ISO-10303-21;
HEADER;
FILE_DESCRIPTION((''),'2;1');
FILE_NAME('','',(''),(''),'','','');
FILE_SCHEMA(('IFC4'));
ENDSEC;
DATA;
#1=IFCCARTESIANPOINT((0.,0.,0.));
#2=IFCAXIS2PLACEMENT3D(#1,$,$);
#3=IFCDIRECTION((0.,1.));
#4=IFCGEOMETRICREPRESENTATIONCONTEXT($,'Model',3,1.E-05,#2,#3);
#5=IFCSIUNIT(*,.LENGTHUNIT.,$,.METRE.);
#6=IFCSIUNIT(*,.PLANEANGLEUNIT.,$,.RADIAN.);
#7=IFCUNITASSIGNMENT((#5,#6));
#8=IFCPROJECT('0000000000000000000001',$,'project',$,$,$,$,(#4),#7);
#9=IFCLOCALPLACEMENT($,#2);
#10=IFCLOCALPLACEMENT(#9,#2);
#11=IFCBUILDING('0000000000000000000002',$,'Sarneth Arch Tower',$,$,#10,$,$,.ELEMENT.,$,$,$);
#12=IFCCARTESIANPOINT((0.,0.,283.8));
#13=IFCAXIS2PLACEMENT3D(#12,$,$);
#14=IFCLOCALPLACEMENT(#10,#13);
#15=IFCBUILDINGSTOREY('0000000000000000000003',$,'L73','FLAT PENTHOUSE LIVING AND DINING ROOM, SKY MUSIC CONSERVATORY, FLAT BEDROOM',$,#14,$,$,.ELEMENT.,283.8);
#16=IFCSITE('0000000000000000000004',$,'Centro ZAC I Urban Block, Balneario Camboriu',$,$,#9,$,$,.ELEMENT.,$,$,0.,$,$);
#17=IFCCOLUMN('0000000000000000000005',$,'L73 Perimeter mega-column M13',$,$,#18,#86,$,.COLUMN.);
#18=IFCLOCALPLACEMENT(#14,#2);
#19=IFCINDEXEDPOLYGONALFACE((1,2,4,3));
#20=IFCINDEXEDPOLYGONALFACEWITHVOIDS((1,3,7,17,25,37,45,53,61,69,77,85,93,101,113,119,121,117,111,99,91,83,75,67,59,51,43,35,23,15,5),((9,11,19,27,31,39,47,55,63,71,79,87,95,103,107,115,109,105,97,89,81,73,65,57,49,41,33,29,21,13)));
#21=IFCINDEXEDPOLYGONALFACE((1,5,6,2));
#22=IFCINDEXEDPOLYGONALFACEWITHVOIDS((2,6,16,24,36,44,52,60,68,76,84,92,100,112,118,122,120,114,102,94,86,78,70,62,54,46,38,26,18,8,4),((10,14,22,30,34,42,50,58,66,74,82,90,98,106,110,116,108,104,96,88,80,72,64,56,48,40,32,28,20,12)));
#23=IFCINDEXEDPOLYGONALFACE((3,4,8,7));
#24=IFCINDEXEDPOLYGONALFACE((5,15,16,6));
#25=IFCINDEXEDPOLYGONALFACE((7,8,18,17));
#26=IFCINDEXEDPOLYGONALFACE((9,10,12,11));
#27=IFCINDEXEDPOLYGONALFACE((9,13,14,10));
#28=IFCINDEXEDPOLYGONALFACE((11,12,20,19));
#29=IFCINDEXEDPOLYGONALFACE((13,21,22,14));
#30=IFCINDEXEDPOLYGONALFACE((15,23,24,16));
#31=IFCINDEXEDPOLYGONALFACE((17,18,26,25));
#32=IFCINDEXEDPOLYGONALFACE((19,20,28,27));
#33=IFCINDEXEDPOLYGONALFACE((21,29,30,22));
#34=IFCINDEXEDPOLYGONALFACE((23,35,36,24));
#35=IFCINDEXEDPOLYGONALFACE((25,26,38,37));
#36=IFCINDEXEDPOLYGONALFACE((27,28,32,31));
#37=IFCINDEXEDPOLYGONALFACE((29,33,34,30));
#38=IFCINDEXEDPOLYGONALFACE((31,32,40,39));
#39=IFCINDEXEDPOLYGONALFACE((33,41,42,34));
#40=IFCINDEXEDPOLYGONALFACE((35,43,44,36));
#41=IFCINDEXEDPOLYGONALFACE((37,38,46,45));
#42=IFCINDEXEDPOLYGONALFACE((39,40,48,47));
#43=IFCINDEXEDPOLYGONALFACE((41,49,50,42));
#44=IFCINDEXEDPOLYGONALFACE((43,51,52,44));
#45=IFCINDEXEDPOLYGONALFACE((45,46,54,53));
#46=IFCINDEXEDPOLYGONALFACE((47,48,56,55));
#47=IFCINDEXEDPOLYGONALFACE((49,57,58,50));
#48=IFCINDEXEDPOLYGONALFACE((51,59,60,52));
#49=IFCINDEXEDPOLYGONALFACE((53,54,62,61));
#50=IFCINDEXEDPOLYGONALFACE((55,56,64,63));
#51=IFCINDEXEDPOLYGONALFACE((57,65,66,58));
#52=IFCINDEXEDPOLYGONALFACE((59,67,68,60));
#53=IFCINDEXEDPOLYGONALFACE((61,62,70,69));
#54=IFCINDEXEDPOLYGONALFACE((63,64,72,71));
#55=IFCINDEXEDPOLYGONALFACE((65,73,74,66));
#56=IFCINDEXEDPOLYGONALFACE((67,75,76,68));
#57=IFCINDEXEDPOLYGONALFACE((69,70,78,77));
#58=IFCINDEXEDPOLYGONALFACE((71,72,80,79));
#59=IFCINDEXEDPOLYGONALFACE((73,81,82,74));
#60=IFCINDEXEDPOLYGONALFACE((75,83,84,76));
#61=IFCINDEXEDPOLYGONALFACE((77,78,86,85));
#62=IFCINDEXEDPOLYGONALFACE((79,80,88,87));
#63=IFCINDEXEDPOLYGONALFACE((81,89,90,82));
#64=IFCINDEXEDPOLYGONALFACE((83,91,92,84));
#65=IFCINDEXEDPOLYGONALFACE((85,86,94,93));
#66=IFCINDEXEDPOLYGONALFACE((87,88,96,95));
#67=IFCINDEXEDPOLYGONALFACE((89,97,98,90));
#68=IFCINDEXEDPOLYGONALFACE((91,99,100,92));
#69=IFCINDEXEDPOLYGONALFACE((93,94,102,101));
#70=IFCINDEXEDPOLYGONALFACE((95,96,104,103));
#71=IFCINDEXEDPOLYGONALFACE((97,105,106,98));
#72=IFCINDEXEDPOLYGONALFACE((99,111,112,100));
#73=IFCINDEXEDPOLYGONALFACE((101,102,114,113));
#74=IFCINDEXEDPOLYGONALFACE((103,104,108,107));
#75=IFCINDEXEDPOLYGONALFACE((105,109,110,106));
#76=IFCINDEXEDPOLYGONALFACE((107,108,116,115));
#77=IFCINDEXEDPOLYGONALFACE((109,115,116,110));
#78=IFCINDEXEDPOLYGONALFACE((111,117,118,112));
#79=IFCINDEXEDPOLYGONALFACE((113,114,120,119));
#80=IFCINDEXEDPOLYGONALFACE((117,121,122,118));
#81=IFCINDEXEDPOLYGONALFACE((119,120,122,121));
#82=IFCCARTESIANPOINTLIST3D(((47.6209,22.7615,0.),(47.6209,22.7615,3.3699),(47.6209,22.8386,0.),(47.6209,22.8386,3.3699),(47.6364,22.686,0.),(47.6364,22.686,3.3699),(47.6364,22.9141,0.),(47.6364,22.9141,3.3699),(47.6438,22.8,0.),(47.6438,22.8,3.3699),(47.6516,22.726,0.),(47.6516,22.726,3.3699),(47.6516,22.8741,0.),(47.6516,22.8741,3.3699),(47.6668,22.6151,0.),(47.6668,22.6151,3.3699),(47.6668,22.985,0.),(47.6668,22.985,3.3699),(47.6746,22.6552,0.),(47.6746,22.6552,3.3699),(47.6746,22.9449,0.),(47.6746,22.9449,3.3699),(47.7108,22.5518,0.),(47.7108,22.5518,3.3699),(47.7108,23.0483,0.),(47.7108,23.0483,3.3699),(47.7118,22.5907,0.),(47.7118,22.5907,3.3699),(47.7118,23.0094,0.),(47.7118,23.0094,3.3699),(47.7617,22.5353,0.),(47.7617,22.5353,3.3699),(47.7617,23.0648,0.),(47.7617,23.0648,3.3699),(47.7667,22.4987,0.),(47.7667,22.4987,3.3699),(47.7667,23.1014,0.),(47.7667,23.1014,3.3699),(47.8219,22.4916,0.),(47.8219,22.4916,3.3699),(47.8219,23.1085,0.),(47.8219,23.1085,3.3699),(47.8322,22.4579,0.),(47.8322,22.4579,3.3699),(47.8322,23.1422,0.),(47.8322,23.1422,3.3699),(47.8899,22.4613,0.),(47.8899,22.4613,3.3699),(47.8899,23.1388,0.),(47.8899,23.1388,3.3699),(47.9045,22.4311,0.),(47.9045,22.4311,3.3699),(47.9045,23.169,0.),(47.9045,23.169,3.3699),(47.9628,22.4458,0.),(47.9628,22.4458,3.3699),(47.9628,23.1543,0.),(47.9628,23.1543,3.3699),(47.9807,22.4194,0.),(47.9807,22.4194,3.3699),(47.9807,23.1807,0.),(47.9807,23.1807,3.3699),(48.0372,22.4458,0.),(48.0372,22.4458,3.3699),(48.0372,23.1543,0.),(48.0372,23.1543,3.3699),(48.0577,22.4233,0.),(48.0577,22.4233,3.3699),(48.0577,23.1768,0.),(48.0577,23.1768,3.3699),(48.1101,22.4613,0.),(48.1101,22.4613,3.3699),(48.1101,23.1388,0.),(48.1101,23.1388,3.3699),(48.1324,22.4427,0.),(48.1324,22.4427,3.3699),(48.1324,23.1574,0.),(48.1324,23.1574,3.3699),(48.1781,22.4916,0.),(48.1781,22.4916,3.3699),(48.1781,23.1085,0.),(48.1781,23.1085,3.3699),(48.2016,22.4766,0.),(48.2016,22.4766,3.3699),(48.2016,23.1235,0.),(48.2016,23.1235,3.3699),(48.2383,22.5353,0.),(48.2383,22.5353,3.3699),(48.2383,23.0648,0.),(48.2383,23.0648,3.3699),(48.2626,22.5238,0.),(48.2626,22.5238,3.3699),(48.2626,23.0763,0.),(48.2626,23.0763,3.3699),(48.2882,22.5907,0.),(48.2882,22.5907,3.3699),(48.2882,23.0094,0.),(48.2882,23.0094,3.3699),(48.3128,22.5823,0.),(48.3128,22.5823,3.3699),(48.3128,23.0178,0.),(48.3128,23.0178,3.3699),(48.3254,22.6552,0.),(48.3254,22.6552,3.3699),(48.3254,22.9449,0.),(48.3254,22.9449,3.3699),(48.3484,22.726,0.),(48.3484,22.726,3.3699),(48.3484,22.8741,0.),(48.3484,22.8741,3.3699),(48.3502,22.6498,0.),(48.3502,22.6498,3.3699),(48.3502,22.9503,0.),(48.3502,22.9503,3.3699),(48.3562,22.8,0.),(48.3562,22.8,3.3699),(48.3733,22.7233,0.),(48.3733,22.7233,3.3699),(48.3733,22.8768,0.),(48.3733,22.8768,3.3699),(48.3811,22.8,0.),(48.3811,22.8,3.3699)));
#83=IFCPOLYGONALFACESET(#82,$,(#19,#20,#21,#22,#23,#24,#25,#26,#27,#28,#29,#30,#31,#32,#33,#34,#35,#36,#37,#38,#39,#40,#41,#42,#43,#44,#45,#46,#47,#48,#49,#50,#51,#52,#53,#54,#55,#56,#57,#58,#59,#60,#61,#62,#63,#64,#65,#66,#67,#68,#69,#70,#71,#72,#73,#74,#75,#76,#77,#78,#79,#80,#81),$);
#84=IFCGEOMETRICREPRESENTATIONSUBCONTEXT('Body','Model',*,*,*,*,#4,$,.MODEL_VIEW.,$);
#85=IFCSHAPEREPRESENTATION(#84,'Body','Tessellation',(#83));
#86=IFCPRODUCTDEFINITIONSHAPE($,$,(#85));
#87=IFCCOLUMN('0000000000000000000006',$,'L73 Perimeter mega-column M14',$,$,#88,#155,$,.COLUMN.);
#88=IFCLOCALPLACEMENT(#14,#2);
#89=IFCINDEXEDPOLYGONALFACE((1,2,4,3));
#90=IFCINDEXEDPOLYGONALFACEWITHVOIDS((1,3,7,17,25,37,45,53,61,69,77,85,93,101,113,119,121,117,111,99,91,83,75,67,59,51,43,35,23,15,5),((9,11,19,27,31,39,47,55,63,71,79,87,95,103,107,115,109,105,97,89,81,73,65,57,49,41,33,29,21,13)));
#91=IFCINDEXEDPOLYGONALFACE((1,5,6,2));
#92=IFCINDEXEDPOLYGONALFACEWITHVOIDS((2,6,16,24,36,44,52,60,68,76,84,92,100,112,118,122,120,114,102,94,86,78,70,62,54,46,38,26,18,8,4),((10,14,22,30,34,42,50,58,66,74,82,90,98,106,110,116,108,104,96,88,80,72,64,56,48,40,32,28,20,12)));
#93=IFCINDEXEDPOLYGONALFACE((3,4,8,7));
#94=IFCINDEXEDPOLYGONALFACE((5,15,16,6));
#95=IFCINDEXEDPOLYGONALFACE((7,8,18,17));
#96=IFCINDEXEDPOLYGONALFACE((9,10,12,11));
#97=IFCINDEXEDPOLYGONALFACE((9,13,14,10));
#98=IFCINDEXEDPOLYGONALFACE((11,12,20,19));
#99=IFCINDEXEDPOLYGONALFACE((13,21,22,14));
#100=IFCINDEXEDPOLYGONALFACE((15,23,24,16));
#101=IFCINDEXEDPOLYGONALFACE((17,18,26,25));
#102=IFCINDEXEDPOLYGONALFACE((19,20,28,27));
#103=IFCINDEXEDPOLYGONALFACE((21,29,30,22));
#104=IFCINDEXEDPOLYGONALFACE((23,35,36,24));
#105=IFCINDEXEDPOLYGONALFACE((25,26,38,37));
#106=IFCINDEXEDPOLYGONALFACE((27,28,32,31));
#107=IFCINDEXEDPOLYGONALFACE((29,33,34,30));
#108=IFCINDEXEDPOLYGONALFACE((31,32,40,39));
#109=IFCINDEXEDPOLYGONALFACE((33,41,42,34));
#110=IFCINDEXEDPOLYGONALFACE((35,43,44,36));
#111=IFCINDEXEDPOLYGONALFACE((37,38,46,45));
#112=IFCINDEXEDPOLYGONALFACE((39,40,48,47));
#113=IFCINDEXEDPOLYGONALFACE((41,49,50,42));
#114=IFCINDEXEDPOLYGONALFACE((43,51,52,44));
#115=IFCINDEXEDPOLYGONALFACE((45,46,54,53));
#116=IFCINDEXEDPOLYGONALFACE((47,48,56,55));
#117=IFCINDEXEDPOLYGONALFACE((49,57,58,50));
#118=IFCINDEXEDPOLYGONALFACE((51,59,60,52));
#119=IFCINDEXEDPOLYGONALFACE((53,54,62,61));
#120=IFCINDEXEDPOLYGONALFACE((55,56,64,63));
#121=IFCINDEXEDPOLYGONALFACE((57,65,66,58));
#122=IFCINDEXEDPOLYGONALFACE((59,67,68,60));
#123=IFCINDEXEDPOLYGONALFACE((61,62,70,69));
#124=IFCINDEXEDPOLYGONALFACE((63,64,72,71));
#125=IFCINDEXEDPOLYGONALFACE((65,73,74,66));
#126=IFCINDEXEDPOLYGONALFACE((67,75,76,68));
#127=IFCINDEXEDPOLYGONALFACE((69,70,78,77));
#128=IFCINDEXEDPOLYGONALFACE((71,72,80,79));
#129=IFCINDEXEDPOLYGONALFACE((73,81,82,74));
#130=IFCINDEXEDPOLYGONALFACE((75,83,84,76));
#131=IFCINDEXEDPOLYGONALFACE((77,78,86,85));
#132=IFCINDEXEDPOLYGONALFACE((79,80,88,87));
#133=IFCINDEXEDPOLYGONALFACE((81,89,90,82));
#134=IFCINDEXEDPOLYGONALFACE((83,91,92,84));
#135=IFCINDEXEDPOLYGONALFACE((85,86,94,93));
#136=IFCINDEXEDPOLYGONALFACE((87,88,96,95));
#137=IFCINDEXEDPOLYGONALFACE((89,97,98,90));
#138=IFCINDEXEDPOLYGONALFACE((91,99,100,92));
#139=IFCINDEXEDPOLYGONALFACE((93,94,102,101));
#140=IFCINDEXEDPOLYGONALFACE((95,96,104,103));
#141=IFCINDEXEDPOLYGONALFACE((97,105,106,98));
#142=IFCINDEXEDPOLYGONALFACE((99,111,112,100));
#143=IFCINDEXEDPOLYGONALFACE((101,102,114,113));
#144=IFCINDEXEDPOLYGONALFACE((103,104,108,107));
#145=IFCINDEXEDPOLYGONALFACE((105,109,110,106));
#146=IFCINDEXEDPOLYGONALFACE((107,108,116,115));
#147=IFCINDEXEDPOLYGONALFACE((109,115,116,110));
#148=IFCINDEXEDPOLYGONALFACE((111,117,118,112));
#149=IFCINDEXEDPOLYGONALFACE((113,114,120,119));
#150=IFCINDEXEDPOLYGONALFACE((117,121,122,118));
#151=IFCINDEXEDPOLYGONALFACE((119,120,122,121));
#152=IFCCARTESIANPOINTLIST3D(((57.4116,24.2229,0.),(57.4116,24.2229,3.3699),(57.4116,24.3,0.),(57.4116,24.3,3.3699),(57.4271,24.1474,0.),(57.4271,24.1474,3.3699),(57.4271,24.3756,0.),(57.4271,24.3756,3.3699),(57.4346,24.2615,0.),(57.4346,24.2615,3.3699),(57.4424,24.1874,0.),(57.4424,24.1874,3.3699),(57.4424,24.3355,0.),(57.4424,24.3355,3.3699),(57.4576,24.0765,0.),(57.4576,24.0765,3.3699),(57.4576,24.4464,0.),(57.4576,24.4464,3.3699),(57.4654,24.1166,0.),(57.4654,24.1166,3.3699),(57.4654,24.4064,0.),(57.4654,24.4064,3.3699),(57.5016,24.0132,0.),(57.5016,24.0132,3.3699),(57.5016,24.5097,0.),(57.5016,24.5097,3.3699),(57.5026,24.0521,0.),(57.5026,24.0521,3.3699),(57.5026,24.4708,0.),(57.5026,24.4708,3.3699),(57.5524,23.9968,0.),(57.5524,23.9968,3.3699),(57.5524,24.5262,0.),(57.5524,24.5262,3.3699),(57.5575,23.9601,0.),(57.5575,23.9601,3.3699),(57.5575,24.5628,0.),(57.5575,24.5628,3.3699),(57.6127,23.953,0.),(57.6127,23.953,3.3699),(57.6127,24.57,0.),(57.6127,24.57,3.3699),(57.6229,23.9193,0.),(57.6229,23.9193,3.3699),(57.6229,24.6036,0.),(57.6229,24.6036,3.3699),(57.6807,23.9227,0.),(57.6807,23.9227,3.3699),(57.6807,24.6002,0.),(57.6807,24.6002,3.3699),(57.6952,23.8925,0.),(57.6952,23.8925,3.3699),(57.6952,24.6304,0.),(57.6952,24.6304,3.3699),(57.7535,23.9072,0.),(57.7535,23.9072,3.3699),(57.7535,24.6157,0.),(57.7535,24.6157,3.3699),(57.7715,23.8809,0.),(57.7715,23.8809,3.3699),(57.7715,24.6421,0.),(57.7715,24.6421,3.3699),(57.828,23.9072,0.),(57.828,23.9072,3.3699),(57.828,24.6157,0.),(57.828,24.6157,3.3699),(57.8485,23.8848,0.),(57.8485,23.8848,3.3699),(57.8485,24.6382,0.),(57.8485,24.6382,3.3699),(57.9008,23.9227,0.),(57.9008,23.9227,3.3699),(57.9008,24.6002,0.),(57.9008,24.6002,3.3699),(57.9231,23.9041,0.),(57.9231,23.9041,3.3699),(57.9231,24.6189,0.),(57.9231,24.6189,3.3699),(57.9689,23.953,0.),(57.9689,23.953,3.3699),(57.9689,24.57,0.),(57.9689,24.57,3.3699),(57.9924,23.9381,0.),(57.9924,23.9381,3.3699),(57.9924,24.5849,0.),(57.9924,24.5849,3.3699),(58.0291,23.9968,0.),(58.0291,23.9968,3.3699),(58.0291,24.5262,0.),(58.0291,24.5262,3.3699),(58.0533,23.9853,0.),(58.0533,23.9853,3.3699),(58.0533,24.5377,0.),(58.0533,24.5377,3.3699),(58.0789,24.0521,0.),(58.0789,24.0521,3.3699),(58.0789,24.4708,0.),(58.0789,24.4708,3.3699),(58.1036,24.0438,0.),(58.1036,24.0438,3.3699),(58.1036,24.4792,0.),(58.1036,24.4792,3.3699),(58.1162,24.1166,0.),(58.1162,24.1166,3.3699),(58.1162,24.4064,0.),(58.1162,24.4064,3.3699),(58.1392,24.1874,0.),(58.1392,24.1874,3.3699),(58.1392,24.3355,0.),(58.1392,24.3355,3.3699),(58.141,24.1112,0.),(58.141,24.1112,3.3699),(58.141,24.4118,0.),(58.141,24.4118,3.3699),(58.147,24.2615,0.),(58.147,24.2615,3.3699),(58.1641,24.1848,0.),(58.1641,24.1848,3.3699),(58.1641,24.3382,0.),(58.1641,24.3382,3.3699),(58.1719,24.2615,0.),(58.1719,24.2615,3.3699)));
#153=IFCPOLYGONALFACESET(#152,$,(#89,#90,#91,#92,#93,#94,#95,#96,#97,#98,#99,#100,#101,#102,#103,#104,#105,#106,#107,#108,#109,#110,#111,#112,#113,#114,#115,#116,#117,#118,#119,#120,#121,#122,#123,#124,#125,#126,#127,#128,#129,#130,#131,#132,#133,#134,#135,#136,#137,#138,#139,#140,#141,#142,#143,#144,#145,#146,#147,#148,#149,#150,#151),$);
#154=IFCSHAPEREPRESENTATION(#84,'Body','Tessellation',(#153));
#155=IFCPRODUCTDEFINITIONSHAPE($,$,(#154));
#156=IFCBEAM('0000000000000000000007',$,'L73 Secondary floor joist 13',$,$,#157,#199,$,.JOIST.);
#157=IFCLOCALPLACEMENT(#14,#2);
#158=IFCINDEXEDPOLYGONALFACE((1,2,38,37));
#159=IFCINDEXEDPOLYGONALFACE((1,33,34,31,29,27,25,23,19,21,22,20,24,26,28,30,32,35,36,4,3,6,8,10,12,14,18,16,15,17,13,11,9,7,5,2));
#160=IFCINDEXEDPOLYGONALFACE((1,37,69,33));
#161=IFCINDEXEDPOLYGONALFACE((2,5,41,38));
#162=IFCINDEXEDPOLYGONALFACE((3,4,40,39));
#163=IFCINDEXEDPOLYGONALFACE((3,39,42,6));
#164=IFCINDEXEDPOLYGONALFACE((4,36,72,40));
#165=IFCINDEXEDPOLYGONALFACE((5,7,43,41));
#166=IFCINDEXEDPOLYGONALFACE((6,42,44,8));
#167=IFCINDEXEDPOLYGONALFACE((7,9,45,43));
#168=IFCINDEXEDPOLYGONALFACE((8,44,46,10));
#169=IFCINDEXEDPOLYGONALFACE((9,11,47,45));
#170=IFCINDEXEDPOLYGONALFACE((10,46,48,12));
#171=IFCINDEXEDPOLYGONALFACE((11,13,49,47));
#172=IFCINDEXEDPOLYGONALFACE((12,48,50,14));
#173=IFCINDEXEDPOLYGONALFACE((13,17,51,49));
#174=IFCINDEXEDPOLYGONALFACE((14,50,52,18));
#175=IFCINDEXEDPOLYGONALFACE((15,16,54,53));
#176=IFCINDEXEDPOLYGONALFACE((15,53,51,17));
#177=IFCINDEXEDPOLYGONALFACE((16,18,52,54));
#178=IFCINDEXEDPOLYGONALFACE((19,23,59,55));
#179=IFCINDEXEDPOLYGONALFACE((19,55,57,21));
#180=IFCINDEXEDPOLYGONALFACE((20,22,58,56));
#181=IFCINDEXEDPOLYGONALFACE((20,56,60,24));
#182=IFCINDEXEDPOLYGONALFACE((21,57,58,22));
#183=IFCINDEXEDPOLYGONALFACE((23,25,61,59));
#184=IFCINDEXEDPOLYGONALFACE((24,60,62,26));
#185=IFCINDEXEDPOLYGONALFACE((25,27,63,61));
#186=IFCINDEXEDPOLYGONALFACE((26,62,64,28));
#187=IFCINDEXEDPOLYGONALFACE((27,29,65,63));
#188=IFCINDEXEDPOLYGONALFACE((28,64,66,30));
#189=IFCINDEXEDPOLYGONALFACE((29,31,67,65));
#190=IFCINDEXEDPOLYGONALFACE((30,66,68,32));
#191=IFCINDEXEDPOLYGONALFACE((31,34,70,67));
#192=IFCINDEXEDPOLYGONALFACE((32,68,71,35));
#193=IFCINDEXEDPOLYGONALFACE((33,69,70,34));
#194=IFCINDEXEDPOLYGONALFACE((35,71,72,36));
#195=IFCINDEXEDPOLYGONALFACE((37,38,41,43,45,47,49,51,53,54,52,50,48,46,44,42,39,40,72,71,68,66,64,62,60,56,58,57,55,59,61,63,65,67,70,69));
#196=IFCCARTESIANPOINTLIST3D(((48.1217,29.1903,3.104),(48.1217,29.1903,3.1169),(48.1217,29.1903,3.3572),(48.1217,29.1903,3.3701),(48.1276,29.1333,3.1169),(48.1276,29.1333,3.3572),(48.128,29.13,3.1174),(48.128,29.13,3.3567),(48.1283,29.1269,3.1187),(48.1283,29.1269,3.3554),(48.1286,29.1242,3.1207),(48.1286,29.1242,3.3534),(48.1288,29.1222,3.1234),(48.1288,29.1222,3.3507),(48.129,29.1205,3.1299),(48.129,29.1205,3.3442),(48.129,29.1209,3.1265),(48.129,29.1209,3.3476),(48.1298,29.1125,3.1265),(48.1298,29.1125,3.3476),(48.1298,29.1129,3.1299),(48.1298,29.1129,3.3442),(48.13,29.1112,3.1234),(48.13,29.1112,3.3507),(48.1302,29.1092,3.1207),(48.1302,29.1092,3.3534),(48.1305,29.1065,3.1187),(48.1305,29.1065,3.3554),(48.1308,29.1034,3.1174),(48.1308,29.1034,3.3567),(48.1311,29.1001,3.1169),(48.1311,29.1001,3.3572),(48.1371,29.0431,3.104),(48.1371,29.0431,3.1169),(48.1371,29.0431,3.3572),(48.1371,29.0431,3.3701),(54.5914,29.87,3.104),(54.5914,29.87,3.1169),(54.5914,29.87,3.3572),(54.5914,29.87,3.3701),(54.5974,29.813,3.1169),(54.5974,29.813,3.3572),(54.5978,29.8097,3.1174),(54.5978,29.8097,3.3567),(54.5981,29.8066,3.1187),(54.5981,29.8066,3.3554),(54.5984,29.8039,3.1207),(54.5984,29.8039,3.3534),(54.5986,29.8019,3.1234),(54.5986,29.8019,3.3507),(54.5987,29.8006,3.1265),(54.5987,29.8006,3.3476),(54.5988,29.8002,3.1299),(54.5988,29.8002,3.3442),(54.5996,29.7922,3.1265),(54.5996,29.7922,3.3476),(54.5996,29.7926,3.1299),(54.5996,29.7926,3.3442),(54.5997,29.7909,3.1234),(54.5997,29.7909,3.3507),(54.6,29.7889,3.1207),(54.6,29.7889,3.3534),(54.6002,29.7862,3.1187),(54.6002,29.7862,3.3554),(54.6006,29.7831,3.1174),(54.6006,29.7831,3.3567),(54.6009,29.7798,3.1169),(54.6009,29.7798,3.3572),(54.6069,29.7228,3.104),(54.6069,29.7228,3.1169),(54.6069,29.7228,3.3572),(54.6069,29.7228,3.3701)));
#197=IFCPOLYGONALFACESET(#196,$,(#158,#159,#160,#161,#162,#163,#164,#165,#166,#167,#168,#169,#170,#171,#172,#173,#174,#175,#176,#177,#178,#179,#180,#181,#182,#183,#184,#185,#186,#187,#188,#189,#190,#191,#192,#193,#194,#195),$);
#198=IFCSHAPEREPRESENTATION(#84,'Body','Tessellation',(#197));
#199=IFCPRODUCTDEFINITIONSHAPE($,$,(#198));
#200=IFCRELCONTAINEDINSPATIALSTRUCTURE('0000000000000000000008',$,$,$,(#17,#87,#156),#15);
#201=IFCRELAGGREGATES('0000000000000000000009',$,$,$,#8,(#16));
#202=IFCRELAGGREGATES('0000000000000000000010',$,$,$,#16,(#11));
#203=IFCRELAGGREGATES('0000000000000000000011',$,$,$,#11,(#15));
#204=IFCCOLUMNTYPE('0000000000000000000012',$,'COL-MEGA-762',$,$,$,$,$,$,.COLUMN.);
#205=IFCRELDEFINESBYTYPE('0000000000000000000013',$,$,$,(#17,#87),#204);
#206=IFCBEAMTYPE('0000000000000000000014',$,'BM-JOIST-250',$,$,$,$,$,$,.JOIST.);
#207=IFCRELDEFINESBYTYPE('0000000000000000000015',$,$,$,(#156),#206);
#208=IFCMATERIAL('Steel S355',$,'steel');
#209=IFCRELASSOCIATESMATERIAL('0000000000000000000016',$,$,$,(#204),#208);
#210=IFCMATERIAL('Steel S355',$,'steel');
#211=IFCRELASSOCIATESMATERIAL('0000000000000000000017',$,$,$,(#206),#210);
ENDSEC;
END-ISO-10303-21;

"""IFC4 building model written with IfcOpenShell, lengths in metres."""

from ifc_helpers import new_model, si_unit, direction, frame, origin, origin_2d, place, context, subcontext, project, spatial, hollow_circle, i_section, extrude, material, material_profile, profile_set, type_object, element, save


model = new_model("IFC4")

# Units and contexts
model_context = context("Model", 3, precision=1e-05, world=origin(), true_north=direction((0.0, 1.0)))
body_context = subcontext(model_context, "Body", "Model", "MODEL_VIEW")
ifc_project = project(units=[si_unit("LENGTHUNIT", "METRE"), si_unit("PLANEANGLEUNIT", "RADIAN")], contexts=[model_context])

# Site, building, storey
site_placement = place(None, origin())
site = spatial("IfcSite", under=ifc_project, at=site_placement, Name="Centro ZAC I Urban Block, Balneario Camboriu", CompositionType="ELEMENT", RefElevation=0.0)
building_placement = place(site_placement, origin())
building = spatial("IfcBuilding", under=site, at=building_placement, Name="Sarneth Arch Tower", CompositionType="ELEMENT")
storey_placement = place(building_placement, frame((0.0, 0.0, 283.8)))
storey = spatial("IfcBuildingStorey", under=building, at=storey_placement, Name="L73", Description="FLAT PENTHOUSE LIVING AND DINING ROOM, SKY MUSIC CONSERVATORY, FLAT BEDROOM", CompositionType="ELEMENT", Elevation=283.8)

# Columns
ifc_material_1 = material(Name="Steel S355", Category="steel")
ifc_material_profile_1 = material_profile(ifc_material_1, hollow_circle(Radius=0.3811, WallThickness=0.0249, at=origin_2d()), Name="CHS762x25")
ifc_profile_set_1 = profile_set([ifc_material_profile_1], Name="Steel S355")
column_type = type_object("IfcColumnType", Name="COL-MEGA-762", PredefinedType="COLUMN", material=ifc_profile_set_1)
for number, where, z_axis, x_axis, name in (
    (1, (48.0, 22.8, 0.0), (0.0, 0.0, 1.0), (1.0, 0.0, 0.0), "L73 Perimeter mega-column M13"),
    (2, (57.7908, 24.2615, 0.0), (0.0, 0.0, 1.0), (1.0, 0.0, 0.0), "L73 Perimeter mega-column M14"),
):
    element("IfcColumn", number, at=place(storey_placement, frame(where, z_axis=z_axis, x_axis=x_axis)), inside=storey, type_object=column_type, Name=name, PredefinedType="COLUMN", context=body_context, shape_type="SweptSolid", body=[
        extrude(hollow_circle(Radius=0.3811, WallThickness=0.0249, at=origin_2d()), origin(), (0.0, 0.0, 1.0), 3.3699),
    ])

# Beam
ifc_material_2 = material(Name="Steel S355", Category="steel")
ifc_material_profile_2 = material_profile(ifc_material_2, i_section(OverallWidth=0.1479, OverallDepth=0.2661, WebThickness=0.0076, FlangeThickness=0.0129, FilletRadius=0.0129, at=origin_2d()), Name="W250x44.8")
ifc_profile_set_2 = profile_set([ifc_material_profile_2], Name="Steel S355")
beam_type_1 = type_object("IfcBeamType", Name="BM-JOIST-250", PredefinedType="JOIST", material=ifc_profile_set_2)
beam_1_placement = place(storey_placement, frame((48.1294, 29.1167, 3.2371), z_axis=(0.994527, 0.104482, 0.0), x_axis=(-0.104482, 0.994527, 0.0)))
element("IfcBeam", 3, at=beam_1_placement, inside=storey, type_object=beam_type_1, Name="L73 Secondary floor joist 13", PredefinedType="JOIST", context=body_context, shape_type="SweptSolid", body=[
    extrude(i_section(OverallWidth=0.1479, OverallDepth=0.2661, WebThickness=0.0076, FlangeThickness=0.0129, FilletRadius=0.0129, at=origin_2d()), origin(), (0.0, 0.0, 1.0), 6.5054),
])

save(model, "model.ifc")
